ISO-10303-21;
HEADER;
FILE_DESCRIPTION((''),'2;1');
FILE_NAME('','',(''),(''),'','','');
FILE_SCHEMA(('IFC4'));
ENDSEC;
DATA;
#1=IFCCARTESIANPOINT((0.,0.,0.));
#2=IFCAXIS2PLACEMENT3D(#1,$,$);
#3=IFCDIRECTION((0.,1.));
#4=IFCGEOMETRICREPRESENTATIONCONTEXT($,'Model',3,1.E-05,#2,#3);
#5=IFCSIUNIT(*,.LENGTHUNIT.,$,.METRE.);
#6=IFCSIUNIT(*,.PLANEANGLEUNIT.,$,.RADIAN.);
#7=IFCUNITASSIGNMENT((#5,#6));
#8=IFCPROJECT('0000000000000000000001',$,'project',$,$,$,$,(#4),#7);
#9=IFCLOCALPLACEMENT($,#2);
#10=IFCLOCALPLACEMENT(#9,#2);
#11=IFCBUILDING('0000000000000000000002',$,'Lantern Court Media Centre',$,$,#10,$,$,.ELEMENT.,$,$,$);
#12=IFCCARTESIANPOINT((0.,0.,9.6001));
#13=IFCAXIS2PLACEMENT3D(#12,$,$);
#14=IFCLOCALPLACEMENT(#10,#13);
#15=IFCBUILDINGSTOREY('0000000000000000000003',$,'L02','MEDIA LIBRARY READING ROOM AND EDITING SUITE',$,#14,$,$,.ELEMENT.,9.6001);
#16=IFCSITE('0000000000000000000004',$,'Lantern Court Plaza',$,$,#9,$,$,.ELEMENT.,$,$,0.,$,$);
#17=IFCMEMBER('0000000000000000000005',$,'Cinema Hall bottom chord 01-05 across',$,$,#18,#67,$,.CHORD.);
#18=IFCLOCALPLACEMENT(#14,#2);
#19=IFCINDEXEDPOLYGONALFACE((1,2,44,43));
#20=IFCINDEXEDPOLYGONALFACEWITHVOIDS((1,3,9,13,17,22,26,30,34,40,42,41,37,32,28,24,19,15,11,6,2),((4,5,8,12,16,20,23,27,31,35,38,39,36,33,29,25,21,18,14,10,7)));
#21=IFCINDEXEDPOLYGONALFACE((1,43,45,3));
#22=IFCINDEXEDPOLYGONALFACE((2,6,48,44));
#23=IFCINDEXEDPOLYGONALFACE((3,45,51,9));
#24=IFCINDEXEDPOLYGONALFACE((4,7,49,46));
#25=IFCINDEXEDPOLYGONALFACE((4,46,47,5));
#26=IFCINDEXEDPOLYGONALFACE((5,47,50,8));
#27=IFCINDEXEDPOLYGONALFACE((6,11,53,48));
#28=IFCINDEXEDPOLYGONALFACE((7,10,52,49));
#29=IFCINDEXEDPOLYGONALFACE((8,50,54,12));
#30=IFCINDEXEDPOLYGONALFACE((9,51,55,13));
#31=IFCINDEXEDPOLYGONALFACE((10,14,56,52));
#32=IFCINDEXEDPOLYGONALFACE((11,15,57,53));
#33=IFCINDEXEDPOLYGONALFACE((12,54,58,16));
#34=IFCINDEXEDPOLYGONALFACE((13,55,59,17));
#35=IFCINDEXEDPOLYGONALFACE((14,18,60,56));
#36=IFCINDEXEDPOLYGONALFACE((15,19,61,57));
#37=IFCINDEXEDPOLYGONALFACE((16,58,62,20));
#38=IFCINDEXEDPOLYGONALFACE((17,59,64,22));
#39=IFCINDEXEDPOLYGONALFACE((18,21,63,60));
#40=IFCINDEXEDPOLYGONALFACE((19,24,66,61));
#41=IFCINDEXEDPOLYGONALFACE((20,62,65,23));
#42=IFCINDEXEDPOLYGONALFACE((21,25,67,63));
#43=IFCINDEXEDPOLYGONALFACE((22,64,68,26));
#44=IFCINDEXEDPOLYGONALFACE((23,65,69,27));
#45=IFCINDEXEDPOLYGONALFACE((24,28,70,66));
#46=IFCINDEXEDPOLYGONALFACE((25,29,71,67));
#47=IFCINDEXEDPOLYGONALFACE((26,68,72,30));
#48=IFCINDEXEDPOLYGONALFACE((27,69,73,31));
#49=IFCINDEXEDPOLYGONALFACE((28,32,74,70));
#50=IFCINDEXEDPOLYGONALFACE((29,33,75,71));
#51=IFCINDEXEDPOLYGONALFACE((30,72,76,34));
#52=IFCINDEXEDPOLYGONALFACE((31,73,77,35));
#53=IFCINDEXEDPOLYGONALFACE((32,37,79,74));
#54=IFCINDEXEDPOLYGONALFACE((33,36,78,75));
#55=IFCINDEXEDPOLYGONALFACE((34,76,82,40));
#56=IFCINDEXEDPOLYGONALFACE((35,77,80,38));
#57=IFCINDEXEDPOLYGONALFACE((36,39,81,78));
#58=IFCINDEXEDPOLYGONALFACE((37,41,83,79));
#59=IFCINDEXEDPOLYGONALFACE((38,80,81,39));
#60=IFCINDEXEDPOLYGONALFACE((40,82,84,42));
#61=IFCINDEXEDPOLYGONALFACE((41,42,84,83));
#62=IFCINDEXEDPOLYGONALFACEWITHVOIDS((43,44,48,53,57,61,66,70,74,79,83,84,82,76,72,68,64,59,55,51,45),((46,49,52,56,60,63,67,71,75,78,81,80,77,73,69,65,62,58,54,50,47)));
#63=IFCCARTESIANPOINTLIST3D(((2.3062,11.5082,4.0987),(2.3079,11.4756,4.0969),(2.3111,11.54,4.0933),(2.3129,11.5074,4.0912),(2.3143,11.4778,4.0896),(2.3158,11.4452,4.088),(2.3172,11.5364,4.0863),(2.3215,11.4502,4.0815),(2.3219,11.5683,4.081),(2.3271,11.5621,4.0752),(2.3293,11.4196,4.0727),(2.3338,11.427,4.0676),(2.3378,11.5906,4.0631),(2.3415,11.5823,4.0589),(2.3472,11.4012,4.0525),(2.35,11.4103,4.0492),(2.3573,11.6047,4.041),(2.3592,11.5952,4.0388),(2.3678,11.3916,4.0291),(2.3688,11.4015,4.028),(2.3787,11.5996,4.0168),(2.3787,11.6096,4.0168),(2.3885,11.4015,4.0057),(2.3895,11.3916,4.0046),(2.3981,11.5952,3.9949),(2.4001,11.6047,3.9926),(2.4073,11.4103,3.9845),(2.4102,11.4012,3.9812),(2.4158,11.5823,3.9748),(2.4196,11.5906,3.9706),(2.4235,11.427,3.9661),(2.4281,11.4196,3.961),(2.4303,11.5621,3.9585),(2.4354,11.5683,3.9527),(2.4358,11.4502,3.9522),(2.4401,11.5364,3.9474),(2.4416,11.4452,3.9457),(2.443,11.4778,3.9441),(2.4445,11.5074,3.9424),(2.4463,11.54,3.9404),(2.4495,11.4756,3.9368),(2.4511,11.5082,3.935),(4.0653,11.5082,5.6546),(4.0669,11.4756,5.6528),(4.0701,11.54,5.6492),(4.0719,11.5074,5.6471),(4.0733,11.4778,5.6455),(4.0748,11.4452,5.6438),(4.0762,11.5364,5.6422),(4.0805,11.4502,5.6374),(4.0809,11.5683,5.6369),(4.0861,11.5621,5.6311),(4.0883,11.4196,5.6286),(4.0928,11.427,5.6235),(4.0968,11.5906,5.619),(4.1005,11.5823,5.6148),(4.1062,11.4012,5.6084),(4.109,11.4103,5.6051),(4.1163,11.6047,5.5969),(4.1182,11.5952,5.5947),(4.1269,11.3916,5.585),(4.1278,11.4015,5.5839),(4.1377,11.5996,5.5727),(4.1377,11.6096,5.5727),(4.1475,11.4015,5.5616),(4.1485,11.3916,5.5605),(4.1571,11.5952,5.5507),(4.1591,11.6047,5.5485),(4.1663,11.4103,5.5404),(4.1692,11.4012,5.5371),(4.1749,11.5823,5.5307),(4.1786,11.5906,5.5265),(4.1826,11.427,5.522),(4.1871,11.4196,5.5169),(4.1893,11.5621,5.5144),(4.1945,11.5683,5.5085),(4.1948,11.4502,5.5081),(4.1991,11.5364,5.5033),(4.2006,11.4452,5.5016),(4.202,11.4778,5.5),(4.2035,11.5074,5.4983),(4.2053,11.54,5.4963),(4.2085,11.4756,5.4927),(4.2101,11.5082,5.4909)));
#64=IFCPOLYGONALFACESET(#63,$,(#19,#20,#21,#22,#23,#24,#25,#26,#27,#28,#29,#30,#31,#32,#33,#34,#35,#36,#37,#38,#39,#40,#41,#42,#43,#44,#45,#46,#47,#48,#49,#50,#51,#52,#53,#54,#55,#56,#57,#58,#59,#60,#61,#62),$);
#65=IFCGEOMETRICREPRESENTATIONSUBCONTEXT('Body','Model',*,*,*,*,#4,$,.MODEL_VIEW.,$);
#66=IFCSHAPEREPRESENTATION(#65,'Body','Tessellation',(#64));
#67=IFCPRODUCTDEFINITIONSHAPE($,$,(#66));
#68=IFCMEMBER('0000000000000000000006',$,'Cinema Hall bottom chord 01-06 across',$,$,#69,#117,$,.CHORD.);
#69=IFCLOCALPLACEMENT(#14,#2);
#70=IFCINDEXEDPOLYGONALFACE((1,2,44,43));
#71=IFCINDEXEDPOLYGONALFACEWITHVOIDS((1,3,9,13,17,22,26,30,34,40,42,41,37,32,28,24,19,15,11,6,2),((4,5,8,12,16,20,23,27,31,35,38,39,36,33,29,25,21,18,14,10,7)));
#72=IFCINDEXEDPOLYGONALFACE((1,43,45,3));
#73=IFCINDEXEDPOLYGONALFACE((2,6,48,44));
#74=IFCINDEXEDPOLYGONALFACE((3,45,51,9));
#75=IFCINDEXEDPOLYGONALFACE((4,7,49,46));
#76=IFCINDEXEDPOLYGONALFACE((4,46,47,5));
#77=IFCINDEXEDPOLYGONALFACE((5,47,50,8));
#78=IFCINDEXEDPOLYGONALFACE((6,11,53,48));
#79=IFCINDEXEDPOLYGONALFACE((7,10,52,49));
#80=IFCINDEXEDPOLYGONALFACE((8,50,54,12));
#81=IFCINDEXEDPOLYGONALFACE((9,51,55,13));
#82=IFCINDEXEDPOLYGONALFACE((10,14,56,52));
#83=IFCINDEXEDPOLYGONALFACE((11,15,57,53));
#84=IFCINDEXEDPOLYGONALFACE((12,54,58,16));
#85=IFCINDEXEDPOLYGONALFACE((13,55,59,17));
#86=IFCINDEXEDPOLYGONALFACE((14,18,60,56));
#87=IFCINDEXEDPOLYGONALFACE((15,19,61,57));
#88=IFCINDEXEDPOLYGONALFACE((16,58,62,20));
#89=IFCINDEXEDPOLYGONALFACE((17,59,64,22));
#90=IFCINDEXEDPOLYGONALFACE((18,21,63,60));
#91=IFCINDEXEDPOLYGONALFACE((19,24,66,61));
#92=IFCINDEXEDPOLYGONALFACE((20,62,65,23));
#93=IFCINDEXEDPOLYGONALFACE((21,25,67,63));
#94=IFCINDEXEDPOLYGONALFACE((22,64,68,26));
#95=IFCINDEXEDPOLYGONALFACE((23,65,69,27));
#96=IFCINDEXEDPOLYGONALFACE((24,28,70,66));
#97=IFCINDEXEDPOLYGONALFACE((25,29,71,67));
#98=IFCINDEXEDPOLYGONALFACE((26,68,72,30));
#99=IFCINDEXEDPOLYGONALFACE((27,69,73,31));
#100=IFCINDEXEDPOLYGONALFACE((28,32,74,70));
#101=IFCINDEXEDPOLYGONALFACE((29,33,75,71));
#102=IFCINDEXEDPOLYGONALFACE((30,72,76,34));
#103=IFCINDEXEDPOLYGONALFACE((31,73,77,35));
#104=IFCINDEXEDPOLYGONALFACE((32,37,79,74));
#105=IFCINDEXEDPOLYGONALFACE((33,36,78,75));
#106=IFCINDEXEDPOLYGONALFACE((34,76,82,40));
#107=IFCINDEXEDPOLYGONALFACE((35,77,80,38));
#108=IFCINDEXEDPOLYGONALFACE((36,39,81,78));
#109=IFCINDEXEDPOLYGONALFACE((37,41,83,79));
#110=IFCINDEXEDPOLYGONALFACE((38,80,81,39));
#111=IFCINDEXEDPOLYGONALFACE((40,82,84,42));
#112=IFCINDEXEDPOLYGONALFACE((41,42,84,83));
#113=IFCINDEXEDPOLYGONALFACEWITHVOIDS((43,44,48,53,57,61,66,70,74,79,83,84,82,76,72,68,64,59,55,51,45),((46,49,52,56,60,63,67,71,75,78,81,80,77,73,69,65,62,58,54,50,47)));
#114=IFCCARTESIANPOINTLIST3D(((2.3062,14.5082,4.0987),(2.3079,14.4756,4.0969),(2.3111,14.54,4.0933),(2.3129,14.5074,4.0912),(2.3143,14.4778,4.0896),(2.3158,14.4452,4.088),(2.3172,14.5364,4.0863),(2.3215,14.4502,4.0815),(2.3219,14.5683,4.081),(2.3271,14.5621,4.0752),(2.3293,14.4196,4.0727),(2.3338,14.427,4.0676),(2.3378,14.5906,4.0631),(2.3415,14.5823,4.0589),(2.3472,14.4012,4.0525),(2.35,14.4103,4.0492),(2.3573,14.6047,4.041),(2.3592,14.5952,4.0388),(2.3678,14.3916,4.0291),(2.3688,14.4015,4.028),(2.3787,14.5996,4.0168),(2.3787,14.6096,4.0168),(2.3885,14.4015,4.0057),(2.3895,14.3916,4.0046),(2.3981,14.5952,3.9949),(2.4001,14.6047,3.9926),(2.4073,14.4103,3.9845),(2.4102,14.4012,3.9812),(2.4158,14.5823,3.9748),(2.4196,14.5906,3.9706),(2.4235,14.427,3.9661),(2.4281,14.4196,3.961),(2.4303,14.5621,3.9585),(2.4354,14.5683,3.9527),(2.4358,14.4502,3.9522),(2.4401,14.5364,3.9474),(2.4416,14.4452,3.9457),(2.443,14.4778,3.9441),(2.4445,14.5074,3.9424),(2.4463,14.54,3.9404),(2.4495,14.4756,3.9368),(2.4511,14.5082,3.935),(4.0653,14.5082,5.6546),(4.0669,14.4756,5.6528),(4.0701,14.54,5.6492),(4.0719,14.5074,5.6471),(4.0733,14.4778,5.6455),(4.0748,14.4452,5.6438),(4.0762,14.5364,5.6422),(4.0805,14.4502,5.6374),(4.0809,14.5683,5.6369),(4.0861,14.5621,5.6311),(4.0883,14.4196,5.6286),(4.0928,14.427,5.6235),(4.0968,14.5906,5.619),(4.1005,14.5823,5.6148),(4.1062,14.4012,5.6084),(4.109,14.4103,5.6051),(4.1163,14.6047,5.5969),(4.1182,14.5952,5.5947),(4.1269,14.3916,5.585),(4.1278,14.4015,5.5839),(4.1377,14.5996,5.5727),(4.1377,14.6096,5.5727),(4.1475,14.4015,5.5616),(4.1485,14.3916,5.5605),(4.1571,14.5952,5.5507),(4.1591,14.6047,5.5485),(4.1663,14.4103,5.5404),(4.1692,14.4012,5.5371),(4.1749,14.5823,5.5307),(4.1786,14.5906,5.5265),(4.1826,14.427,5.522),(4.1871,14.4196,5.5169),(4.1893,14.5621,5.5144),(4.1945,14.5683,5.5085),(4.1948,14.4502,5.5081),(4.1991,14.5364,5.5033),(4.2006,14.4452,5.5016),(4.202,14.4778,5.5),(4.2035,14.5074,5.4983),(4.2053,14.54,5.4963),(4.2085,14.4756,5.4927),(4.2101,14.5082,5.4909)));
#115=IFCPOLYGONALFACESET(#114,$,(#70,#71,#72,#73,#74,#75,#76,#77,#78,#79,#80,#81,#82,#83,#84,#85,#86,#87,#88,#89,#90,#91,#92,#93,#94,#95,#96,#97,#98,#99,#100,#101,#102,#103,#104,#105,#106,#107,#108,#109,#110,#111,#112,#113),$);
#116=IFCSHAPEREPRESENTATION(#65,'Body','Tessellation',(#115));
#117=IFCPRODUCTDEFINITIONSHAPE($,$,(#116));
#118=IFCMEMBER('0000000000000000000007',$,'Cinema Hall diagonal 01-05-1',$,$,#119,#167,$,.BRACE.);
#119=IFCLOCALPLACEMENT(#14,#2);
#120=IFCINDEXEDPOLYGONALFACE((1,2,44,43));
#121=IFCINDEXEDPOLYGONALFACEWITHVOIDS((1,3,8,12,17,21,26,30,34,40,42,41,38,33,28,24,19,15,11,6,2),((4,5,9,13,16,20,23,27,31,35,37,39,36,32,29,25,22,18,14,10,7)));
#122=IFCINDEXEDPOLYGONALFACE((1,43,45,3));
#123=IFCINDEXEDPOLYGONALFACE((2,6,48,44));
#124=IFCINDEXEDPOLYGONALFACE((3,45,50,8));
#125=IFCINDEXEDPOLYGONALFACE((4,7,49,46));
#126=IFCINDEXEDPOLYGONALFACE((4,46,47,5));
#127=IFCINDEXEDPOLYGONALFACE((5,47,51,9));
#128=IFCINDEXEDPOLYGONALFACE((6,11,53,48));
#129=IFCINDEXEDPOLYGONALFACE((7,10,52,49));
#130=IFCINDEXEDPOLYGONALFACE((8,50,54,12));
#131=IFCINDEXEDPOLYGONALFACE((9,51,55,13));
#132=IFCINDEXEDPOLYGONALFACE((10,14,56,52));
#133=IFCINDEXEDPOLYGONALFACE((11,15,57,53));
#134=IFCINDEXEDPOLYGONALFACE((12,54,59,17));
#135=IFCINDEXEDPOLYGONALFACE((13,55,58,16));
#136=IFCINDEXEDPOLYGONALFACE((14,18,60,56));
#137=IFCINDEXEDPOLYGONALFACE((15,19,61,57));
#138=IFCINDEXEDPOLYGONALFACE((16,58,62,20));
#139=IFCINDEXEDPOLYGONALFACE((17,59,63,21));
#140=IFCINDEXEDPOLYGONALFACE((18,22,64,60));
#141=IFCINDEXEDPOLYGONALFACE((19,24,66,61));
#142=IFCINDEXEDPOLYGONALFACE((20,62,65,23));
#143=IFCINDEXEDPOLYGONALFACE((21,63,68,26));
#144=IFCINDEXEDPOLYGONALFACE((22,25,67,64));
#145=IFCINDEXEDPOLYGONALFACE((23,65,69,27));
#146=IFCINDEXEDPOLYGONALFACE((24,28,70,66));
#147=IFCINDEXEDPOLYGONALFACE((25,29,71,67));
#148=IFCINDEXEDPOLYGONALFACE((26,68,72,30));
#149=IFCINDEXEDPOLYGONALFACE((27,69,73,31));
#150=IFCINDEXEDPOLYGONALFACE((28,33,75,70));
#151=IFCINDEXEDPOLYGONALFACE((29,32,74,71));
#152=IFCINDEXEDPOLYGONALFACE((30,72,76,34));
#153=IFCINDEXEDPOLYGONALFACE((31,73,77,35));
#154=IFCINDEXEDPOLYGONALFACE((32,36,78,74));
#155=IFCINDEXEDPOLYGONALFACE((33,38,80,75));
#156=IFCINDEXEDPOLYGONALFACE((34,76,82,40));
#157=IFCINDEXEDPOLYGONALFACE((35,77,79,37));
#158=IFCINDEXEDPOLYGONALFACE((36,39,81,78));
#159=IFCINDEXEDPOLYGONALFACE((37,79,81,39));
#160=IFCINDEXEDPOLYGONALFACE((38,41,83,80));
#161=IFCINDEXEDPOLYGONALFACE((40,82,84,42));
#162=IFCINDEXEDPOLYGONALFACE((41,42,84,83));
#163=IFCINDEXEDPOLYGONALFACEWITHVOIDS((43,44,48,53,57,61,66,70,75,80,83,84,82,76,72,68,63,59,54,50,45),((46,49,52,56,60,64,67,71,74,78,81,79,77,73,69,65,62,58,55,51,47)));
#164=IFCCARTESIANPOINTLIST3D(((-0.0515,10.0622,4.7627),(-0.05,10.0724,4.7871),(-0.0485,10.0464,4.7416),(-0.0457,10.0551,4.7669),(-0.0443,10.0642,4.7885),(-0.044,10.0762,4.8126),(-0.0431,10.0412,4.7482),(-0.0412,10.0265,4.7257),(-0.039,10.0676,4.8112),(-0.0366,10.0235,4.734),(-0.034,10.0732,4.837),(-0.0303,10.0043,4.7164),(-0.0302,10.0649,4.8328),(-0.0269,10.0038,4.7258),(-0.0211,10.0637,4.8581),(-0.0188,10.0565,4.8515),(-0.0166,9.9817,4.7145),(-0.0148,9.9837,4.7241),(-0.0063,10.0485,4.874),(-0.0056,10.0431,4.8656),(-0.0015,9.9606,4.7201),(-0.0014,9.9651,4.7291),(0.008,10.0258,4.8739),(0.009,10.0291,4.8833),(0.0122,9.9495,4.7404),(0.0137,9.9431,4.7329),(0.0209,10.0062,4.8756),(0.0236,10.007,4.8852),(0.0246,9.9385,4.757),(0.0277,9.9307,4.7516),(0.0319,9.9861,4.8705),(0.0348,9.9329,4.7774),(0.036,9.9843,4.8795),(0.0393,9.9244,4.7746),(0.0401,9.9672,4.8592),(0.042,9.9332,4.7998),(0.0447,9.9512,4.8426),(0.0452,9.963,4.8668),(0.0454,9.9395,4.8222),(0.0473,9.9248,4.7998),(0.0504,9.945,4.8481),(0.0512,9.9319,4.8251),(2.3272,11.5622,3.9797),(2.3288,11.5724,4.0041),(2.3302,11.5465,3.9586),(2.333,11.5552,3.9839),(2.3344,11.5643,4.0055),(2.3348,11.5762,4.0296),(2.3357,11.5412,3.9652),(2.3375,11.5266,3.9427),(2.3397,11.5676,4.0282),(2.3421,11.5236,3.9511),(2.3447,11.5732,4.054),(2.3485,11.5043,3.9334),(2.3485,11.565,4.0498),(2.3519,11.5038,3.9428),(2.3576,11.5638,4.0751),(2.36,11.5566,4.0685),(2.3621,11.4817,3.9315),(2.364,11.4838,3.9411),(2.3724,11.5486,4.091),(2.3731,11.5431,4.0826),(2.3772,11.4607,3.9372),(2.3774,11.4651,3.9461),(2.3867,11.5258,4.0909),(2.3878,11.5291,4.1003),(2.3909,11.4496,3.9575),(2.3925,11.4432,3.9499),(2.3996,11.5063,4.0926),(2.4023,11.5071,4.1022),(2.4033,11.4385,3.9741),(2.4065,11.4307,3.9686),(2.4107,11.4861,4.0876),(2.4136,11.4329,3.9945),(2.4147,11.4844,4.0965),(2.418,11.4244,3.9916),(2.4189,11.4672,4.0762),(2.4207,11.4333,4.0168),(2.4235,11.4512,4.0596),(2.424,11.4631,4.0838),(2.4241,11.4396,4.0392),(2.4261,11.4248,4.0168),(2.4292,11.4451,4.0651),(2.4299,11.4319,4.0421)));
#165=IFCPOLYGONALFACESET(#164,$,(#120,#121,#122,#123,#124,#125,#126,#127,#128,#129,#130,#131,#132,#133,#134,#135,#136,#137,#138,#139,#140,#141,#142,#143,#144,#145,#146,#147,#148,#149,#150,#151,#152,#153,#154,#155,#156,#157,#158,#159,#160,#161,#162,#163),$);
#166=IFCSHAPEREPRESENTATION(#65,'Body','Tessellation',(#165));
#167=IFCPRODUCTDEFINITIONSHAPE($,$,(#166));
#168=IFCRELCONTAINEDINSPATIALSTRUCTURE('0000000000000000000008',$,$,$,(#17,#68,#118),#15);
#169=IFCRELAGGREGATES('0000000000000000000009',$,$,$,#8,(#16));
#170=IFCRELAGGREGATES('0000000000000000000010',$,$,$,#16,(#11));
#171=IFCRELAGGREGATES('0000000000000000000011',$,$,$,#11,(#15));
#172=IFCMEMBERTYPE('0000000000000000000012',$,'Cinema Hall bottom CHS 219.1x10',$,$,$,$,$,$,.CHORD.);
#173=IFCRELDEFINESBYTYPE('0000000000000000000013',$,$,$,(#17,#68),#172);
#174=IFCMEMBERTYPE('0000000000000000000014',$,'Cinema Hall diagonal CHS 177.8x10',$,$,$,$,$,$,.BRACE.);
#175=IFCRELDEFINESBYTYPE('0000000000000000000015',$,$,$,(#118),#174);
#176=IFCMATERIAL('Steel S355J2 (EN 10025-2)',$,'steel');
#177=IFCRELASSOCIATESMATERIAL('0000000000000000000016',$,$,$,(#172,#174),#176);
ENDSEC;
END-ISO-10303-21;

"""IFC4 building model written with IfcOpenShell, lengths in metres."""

from ifc_helpers import new_model, si_unit, direction, frame, origin, origin_2d, place, context, subcontext, project, spatial, hollow_circle, extrude, material, material_profile, profile_set, type_object, element, save


model = new_model("IFC4")

# Units and contexts
model_context = context("Model", 3, precision=1e-05, world=origin(), true_north=direction((0.0, 1.0)))
body_context = subcontext(model_context, "Body", "Model", "MODEL_VIEW")
ifc_project = project(units=[si_unit("LENGTHUNIT", "METRE"), si_unit("PLANEANGLEUNIT", "RADIAN")], contexts=[model_context])

# Site, building, storey
site_placement = place(None, origin())
site = spatial("IfcSite", under=ifc_project, at=site_placement, Name="Lantern Court Plaza", CompositionType="ELEMENT", RefElevation=0.0)
building_placement = place(site_placement, origin())
building = spatial("IfcBuilding", under=site, at=building_placement, Name="Lantern Court Media Centre", CompositionType="ELEMENT")
storey_placement = place(building_placement, frame((0.0, 0.0, 9.6001)))
storey = spatial("IfcBuildingStorey", under=building, at=storey_placement, Name="L02", Description="MEDIA LIBRARY READING ROOM AND EDITING SUITE", CompositionType="ELEMENT", Elevation=9.6001)

# Shared definitions
ifc_material_1 = material(Name="Steel S355J2 (EN 10025-2)", Category="steel")

# Members
ifc_material_profile_1 = material_profile(ifc_material_1, hollow_circle(Radius=0.1096, WallThickness=0.01, at=origin_2d()), Name="Cinema Hall bottom CHS 219.1x10")
ifc_profile_set_1 = profile_set([ifc_material_profile_1], Name="Steel S355J2 (EN 10025-2)")
member_type_1 = type_object("IfcMemberType", Name="Cinema Hall bottom CHS 219.1x10", PredefinedType="CHORD", material=ifc_profile_set_1)
for number, where, z_axis, x_axis, name in (
    (1, (2.3787, 11.5, 4.0168), (0.74903, 0.0, 0.662536), (0.0, 1.0, 0.0), "Cinema Hall bottom chord 01-05 across"),
    (2, (2.3787, 14.5, 4.0168), (0.74903, 0.0, 0.662536), (0.0, 1.0, 0.0), "Cinema Hall bottom chord 01-06 across"),
):
    element("IfcMember", number, at=place(storey_placement, frame(where, z_axis=z_axis, x_axis=x_axis)), inside=storey, type_object=member_type_1, Name=name, PredefinedType="CHORD", context=body_context, shape_type="SweptSolid", body=[
        extrude(hollow_circle(Radius=0.1096, WallThickness=0.01, at=origin_2d()), origin(), (0.0, 0.0, 1.0), 2.3484),
    ])
ifc_material_profile_2 = material_profile(ifc_material_1, hollow_circle(Radius=0.0889, WallThickness=0.01, at=origin_2d()), Name="Cinema Hall diagonal CHS 177.8x10")
ifc_profile_set_2 = profile_set([ifc_material_profile_2], Name="Steel S355J2 (EN 10025-2)")
member_type_2 = type_object("IfcMemberType", Name="Cinema Hall diagonal CHS 177.8x10", PredefinedType="BRACE", material=ifc_profile_set_2)
for number, where, z_axis, x_axis, name in (
    (3, (2.3787, 11.5, 4.0168), (-0.814866, -0.51386, 0.268221), (0.533405, -0.84586, 0.0), "Cinema Hall diagonal 01-05-1"),
):
    element("IfcMember", number, at=place(storey_placement, frame(where, z_axis=z_axis, x_axis=x_axis)), inside=storey, type_object=member_type_2, Name=name, PredefinedType="BRACE", context=body_context, shape_type="SweptSolid", body=[
        extrude(hollow_circle(Radius=0.0889, WallThickness=0.01, at=origin_2d()), origin(), (0.0, 0.0, 1.0), 2.9192),
    ])

save(model, "model.ifc")
